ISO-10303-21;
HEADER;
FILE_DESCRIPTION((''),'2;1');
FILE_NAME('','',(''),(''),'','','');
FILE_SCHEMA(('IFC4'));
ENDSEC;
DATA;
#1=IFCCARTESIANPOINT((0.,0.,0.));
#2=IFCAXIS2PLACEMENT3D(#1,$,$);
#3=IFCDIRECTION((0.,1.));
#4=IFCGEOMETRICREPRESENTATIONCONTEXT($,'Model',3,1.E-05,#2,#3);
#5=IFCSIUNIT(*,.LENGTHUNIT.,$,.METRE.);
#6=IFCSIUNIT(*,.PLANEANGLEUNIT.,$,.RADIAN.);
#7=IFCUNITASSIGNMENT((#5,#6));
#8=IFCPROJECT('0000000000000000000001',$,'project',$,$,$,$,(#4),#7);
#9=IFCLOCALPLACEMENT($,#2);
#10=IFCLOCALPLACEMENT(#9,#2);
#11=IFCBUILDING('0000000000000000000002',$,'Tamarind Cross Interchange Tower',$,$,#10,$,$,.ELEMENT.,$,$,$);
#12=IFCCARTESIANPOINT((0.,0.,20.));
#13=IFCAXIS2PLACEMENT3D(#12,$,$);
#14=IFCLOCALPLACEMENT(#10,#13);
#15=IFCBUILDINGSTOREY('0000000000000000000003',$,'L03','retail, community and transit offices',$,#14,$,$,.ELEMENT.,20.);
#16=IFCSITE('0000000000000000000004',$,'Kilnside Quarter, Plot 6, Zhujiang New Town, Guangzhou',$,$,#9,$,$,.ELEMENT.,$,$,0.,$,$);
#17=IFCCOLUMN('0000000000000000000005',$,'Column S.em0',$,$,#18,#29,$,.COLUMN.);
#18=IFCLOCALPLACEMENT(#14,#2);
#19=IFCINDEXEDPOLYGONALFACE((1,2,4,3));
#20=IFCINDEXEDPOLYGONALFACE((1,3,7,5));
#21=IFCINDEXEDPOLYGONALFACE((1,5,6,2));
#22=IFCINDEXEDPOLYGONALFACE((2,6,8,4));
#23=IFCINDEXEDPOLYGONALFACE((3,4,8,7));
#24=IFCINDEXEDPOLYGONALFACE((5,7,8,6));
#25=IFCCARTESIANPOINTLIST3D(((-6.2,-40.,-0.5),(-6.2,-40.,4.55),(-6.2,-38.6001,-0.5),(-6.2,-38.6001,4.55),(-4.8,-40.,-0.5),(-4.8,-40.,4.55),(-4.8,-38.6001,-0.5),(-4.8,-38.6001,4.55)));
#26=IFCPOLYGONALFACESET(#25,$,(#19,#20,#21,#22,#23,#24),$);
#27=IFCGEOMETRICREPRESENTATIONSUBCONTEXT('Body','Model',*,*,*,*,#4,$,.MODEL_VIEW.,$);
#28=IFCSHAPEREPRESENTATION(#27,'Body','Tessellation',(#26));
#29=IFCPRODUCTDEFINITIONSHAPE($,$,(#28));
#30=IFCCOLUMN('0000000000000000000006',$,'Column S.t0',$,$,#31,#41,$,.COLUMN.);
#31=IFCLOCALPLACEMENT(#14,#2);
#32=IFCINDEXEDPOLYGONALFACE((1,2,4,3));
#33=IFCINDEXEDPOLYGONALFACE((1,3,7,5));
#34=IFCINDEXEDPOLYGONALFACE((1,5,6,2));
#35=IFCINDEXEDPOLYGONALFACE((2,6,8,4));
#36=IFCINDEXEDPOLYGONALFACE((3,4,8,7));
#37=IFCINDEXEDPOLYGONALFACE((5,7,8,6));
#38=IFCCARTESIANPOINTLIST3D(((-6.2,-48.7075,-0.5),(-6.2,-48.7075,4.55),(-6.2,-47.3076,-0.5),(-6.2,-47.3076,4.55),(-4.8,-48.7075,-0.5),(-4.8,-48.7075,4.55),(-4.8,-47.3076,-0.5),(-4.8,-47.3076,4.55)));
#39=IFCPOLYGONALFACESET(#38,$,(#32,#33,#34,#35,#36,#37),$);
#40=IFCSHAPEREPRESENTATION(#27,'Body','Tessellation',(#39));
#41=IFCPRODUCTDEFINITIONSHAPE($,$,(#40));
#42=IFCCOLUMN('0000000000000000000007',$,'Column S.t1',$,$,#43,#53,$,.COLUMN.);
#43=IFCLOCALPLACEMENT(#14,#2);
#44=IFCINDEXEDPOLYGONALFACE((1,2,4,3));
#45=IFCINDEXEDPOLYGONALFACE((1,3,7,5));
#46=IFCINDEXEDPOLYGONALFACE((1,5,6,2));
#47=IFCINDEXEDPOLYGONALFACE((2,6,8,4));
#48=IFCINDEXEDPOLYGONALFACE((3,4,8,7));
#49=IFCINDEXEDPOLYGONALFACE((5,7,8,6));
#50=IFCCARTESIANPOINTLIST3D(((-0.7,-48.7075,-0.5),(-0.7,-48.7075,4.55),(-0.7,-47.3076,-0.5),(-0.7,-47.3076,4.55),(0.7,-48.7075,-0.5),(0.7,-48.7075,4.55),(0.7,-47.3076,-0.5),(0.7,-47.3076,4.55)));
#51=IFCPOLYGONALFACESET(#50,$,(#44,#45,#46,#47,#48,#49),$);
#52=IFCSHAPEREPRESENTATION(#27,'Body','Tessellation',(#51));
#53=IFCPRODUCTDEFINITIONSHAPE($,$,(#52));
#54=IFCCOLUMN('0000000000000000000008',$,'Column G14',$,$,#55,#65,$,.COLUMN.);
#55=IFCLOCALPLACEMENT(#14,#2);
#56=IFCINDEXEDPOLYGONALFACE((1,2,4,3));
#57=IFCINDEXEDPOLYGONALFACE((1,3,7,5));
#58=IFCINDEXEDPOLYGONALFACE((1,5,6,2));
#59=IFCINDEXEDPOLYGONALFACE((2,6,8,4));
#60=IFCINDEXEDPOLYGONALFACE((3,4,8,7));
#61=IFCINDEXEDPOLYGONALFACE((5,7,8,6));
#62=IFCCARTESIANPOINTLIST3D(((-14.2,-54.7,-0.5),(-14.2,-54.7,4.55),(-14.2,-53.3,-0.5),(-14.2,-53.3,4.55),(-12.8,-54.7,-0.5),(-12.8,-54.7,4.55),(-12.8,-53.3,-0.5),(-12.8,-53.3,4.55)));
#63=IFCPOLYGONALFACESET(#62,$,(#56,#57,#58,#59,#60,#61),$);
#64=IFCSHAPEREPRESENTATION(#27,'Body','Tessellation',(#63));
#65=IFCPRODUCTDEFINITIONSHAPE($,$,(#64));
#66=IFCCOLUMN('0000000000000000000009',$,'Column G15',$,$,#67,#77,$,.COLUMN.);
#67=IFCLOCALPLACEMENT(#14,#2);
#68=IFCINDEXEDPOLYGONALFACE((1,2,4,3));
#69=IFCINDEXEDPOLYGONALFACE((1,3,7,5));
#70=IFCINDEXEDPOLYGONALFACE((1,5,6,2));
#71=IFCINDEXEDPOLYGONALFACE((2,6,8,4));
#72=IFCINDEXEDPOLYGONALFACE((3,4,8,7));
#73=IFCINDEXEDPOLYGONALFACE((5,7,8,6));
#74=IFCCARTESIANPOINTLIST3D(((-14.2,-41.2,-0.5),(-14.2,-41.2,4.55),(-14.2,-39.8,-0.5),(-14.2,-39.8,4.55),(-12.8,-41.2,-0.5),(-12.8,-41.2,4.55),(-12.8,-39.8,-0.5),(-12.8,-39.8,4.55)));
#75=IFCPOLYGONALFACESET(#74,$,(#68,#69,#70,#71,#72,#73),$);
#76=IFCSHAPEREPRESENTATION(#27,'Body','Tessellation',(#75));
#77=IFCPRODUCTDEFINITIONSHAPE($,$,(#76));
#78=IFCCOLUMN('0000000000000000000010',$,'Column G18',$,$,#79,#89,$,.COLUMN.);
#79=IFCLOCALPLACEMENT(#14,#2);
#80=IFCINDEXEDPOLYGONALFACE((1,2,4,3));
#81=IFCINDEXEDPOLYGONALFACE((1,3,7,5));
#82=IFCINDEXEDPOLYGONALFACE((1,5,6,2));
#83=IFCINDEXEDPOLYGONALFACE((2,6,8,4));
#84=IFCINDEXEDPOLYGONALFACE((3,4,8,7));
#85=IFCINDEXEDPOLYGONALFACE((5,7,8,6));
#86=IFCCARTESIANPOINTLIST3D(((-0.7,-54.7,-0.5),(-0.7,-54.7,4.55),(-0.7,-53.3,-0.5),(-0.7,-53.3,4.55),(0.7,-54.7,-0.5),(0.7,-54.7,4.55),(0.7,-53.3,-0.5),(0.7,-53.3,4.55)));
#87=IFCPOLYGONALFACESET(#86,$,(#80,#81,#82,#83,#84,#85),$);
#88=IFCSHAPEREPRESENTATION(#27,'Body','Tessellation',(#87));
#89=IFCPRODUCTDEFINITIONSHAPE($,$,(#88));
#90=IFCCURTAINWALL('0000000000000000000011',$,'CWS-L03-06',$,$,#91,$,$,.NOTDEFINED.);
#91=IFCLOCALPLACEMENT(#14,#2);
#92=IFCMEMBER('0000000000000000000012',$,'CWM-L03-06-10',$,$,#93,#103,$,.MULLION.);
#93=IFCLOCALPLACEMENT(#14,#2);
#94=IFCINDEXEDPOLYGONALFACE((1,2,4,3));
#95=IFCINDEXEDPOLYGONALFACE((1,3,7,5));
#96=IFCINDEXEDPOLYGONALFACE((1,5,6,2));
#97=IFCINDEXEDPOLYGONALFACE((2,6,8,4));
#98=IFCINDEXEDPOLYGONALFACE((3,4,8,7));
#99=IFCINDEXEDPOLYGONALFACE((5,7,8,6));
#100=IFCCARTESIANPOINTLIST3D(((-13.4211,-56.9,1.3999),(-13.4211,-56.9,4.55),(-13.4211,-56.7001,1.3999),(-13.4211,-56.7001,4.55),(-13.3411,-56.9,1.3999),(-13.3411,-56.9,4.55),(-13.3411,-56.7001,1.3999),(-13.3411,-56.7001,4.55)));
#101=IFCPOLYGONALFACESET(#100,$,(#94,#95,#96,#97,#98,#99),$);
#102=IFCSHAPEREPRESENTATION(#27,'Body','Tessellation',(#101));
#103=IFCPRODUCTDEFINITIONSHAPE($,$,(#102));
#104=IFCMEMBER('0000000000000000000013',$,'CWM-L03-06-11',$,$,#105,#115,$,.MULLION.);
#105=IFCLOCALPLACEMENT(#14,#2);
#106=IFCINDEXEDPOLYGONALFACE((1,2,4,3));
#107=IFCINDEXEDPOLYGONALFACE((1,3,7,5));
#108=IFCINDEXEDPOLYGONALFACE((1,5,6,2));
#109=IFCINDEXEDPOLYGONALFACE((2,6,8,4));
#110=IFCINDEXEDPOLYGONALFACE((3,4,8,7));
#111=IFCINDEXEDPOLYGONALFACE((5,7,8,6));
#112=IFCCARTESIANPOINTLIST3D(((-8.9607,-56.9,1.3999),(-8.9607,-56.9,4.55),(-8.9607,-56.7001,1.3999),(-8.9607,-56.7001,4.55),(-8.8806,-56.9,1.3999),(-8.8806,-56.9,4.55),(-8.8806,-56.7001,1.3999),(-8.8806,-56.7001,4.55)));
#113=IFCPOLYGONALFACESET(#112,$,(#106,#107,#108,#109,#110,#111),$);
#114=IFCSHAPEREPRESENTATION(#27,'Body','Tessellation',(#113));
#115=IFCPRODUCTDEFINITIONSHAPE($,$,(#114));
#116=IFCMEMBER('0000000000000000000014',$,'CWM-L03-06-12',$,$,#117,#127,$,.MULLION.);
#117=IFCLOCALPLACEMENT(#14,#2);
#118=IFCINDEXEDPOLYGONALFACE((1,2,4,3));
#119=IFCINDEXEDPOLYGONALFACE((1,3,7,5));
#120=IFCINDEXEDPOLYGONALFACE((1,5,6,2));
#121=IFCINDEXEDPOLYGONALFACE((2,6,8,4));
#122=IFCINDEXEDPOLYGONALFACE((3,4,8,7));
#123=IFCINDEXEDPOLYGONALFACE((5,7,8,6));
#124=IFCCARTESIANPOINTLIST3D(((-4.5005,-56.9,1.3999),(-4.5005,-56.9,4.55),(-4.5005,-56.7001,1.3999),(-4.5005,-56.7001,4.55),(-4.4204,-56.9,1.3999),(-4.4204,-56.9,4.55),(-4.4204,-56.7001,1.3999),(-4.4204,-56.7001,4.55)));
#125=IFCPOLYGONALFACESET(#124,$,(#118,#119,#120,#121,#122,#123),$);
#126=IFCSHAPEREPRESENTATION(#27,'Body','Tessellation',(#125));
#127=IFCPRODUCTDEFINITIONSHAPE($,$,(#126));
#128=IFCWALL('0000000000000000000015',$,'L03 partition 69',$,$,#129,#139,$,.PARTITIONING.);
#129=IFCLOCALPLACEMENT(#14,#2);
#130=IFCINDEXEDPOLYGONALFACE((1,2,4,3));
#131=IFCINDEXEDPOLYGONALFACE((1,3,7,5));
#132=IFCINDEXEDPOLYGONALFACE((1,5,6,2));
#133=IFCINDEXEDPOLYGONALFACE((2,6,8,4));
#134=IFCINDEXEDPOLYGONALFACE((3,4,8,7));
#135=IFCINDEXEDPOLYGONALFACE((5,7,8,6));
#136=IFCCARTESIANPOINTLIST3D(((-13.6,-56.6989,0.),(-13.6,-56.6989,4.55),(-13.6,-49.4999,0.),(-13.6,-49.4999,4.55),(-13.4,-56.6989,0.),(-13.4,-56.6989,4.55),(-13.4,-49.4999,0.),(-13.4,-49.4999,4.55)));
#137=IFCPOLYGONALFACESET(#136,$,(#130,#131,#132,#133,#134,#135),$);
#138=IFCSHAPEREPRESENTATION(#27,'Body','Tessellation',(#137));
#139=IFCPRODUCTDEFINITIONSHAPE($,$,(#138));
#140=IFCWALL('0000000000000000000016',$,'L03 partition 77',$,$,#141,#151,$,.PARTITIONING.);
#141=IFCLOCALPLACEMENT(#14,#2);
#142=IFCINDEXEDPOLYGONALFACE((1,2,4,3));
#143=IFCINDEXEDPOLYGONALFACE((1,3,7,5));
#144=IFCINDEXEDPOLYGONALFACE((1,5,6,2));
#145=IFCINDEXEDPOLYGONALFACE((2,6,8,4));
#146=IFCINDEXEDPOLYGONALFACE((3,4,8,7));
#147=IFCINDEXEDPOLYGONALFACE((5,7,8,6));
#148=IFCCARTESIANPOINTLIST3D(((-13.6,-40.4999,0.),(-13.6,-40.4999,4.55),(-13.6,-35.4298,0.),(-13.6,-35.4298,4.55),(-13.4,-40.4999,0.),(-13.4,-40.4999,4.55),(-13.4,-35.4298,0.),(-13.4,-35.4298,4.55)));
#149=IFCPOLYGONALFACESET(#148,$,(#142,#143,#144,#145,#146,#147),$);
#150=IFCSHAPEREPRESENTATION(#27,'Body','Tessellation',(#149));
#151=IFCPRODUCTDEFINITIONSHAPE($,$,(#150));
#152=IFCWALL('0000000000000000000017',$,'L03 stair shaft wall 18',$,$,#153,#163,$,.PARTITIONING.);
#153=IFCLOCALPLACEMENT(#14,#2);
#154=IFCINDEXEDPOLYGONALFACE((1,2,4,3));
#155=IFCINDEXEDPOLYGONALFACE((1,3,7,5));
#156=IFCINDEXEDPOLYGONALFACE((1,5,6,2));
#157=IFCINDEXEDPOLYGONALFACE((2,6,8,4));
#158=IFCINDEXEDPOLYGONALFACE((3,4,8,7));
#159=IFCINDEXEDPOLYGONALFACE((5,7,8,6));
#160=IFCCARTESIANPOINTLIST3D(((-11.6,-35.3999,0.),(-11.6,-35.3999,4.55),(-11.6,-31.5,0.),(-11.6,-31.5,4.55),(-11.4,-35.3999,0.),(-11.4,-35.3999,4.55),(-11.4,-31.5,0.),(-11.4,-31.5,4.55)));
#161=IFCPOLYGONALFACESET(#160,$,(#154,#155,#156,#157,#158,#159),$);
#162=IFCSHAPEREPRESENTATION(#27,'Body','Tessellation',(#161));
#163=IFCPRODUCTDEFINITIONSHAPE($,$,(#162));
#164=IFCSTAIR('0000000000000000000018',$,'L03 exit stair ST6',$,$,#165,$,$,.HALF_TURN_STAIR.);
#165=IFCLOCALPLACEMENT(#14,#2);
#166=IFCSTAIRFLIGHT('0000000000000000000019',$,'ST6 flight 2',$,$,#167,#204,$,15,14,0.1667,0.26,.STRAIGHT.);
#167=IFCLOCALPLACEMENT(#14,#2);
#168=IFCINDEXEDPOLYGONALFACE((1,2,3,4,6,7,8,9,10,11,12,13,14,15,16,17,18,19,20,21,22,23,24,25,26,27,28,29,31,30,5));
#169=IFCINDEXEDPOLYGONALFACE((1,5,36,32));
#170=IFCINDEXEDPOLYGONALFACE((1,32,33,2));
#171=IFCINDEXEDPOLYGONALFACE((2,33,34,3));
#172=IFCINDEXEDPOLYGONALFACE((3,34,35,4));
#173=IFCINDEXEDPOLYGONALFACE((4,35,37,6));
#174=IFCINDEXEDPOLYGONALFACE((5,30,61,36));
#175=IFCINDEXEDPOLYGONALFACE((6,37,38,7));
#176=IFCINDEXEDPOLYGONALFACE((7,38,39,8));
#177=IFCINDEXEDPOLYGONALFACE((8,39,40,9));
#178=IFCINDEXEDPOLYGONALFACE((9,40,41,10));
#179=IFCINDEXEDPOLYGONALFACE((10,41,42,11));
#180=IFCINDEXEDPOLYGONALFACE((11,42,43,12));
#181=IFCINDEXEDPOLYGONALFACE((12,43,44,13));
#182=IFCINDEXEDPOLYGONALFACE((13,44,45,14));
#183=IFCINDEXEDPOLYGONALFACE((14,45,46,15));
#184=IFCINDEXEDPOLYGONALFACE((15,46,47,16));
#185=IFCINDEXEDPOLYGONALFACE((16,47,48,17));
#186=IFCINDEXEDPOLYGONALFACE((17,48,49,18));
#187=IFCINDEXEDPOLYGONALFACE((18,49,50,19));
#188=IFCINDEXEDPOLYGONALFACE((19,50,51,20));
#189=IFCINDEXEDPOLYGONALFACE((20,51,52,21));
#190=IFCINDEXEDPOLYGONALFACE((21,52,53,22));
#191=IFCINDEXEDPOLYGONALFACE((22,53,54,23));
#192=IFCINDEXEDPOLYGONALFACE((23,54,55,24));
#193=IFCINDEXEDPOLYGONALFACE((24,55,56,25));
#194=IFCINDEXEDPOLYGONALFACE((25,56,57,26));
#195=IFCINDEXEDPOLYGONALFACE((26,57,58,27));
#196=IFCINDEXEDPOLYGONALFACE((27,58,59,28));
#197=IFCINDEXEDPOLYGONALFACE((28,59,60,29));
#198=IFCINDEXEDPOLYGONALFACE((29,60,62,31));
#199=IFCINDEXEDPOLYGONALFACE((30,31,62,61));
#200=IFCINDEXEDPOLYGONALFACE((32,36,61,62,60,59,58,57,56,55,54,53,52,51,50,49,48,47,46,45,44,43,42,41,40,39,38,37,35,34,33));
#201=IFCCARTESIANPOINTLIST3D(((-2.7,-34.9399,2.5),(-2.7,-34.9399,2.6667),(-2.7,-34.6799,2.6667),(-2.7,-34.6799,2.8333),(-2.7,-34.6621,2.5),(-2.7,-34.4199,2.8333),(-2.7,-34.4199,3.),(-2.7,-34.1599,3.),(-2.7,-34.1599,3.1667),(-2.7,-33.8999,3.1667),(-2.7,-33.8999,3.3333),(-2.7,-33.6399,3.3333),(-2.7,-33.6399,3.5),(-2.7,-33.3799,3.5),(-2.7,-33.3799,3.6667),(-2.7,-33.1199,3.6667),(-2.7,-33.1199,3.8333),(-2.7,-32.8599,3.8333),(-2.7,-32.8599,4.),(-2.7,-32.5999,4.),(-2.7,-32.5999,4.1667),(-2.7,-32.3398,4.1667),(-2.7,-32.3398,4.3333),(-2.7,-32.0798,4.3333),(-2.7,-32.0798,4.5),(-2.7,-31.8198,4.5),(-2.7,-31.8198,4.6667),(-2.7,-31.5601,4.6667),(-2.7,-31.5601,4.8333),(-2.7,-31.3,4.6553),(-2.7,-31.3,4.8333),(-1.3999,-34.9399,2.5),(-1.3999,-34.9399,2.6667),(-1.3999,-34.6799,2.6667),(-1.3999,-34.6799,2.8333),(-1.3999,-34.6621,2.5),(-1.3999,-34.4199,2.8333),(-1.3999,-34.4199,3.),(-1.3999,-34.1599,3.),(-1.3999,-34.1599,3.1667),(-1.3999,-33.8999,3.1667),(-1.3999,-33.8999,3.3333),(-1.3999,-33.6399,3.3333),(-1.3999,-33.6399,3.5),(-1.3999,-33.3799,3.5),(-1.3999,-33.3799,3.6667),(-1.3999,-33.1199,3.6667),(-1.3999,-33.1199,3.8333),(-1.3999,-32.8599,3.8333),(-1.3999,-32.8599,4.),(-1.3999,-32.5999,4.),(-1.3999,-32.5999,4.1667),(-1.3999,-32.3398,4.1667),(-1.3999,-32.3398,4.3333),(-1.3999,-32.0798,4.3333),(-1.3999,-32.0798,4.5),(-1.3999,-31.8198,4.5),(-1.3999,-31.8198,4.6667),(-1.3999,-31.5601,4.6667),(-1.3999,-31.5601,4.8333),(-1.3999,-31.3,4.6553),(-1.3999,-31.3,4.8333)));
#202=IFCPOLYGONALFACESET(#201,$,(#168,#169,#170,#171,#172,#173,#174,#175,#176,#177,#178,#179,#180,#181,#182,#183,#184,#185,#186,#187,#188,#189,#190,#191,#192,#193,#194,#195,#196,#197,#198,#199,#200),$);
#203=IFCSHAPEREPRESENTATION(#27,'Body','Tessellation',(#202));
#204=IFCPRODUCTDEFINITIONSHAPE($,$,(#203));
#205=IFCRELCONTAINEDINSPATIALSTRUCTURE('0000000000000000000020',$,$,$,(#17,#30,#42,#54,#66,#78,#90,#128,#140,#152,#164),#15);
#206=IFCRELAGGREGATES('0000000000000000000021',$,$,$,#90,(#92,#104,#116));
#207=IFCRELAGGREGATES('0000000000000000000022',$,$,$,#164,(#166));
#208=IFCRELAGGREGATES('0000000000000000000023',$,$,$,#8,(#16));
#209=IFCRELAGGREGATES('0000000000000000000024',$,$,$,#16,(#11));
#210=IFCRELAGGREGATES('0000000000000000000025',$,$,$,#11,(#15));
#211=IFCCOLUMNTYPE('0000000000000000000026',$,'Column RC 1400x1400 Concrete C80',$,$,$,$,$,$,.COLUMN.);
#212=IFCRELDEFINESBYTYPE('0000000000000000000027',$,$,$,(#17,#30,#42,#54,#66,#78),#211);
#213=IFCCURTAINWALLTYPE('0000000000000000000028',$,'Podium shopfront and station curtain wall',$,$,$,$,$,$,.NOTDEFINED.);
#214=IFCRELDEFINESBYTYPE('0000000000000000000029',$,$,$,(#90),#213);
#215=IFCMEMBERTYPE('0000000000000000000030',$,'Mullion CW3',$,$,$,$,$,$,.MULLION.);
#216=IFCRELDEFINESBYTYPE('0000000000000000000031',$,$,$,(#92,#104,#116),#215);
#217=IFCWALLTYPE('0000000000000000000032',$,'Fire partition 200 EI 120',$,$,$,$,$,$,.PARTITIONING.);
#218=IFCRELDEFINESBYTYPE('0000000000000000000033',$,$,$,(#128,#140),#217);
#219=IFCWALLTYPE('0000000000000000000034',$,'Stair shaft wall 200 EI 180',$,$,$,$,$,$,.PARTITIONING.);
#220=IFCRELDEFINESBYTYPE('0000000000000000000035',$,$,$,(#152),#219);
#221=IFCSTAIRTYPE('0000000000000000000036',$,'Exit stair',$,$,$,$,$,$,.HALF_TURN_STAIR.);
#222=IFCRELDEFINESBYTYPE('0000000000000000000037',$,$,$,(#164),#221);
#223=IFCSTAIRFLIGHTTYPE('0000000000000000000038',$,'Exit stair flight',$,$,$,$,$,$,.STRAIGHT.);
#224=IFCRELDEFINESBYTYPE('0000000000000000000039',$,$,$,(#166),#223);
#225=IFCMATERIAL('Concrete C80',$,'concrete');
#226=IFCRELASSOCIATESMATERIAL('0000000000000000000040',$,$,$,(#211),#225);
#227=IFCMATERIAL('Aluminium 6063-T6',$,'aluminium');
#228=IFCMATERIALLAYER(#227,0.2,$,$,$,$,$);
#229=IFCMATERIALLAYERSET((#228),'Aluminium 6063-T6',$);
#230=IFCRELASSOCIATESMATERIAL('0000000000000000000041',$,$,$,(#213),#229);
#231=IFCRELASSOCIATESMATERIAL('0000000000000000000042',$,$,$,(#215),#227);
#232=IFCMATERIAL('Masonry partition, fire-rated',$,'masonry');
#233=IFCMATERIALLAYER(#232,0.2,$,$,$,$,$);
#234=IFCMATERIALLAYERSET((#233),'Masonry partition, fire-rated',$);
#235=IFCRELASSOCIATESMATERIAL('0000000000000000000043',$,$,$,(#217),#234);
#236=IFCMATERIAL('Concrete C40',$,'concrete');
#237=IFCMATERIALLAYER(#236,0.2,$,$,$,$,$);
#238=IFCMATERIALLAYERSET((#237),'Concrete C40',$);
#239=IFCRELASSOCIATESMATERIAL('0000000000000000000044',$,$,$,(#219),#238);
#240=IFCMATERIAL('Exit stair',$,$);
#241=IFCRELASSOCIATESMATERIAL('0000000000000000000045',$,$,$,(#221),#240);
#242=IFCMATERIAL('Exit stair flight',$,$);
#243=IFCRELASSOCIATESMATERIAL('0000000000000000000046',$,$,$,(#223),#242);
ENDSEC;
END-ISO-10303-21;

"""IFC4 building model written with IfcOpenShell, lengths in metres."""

from ifc_helpers import new_model, si_unit, direction, frame, frame_2d, origin, origin_2d, place, context, subcontext, project, spatial, polyline, rectangle, outline, extrude, material, layer, layer_set, material_profile, profile_set, type_object, element, aggregate, save


model = new_model("IFC4")

# Units and contexts
model_context = context("Model", 3, precision=1e-05, world=origin(), true_north=direction((0.0, 1.0)))
body_context = subcontext(model_context, "Body", "Model", "MODEL_VIEW")
ifc_project = project(units=[si_unit("LENGTHUNIT", "METRE"), si_unit("PLANEANGLEUNIT", "RADIAN")], contexts=[model_context])

# Site, building, storey
site_placement = place(None, origin())
site = spatial("IfcSite", under=ifc_project, at=site_placement, Name="Kilnside Quarter, Plot 6, Zhujiang New Town, Guangzhou", CompositionType="ELEMENT", RefElevation=0.0)
building_placement = place(site_placement, origin())
building = spatial("IfcBuilding", under=site, at=building_placement, Name="Tamarind Cross Interchange Tower", CompositionType="ELEMENT")
storey_placement = place(building_placement, frame((0.0, 0.0, 20.0)))
storey = spatial("IfcBuildingStorey", under=building, at=storey_placement, Name="L03", Description="retail, community and transit offices", CompositionType="ELEMENT", Elevation=20.0)

# Columns
ifc_material_1 = material(Name="Concrete C80", Category="concrete")
ifc_material_profile_1 = material_profile(ifc_material_1, rectangle(XDim=1.3999, YDim=1.3999, at=origin_2d()), Name="RC 1400x1400")
ifc_profile_set_1 = profile_set([ifc_material_profile_1], Name="Concrete C80")
column_type = type_object("IfcColumnType", Name="Column RC 1400x1400 Concrete C80", PredefinedType="COLUMN", material=ifc_profile_set_1)
for number, where, z_axis, x_axis, name in (
    (1, (-5.5, -39.3, -0.5), (0.0, 0.0, 1.0), (1.0, 0.0, 0.0), "Column S.em0"),
    (2, (-5.5, -48.0076, -0.5), (0.0, 0.0, 1.0), (1.0, 0.0, 0.0), "Column S.t0"),
    (3, (0.0, -48.0076, -0.5), (0.0, 0.0, 1.0), (1.0, 0.0, 0.0), "Column S.t1"),
    (4, (-13.5, -54.0, -0.5), (0.0, 0.0, 1.0), (1.0, 0.0, 0.0), "Column G14"),
    (5, (-13.5, -40.5, -0.5), (0.0, 0.0, 1.0), (1.0, 0.0, 0.0), "Column G15"),
    (6, (0.0, -54.0, -0.5), (0.0, 0.0, 1.0), (1.0, 0.0, 0.0), "Column G18"),
):
    element("IfcColumn", number, at=place(storey_placement, frame(where, z_axis=z_axis, x_axis=x_axis)), inside=storey, type_object=column_type, Name=name, PredefinedType="COLUMN", context=body_context, shape_type="SweptSolid", body=[
        extrude(rectangle(XDim=1.3999, YDim=1.3999, at=origin_2d()), origin(), (0.0, 0.0, 1.0), 5.05),
    ])

# Curtain wall, members
ifc_material_2 = material(Name="Aluminium 6063-T6", Category="aluminium")
ifc_layer_1 = layer(ifc_material_2, 0.2)
ifc_layer_set_1 = layer_set([ifc_layer_1], Name="Aluminium 6063-T6")
curtain_wall_type = type_object("IfcCurtainWallType", Name="Podium shopfront and station curtain wall", PredefinedType="NOTDEFINED", material=ifc_layer_set_1)
curtain_wall_placement = place(storey_placement, origin())
curtain_wall = element("IfcCurtainWall", 7, at=curtain_wall_placement, inside=storey, type_object=curtain_wall_type, Name="CWS-L03-06", PredefinedType="NOTDEFINED")
ifc_material_profile_2 = material_profile(ifc_material_2, rectangle(XDim=0.0801, YDim=0.2, at=origin_2d()), Name="Mullion CW3")
ifc_profile_set_2 = profile_set([ifc_material_profile_2], Name="Aluminium 6063-T6")
member_type = type_object("IfcMemberType", Name="Mullion CW3", PredefinedType="MULLION", material=ifc_profile_set_2)
member_1_placement = place(storey_placement, frame((-13.3811, -56.8, 1.3999), z_axis=(0.0, 0.0, 1.0), x_axis=(1.0, 0.0, 0.0)))
member_1 = element("IfcMember", 8, at=member_1_placement, type_object=member_type, Name="CWM-L03-06-10", PredefinedType="MULLION", context=body_context, shape_type="SweptSolid", body=[
    extrude(rectangle(XDim=0.0801, YDim=0.2, at=origin_2d()), origin(), (0.0, 0.0, 1.0), 3.1501),
])
member_2_placement = place(storey_placement, frame((-8.9207, -56.8, 1.3999), z_axis=(0.0, 0.0, 1.0), x_axis=(1.0, 0.0, 0.0)))
member_2 = element("IfcMember", 9, at=member_2_placement, type_object=member_type, Name="CWM-L03-06-11", PredefinedType="MULLION", context=body_context, shape_type="SweptSolid", body=[
    extrude(rectangle(XDim=0.0801, YDim=0.2, at=origin_2d()), origin(), (0.0, 0.0, 1.0), 3.1501),
])
member_3_placement = place(storey_placement, frame((-4.4604, -56.8, 1.3999), z_axis=(0.0, 0.0, 1.0), x_axis=(1.0, 0.0, 0.0)))
member_3 = element("IfcMember", 10, at=member_3_placement, type_object=member_type, Name="CWM-L03-06-12", PredefinedType="MULLION", context=body_context, shape_type="SweptSolid", body=[
    extrude(rectangle(XDim=0.0801, YDim=0.2, at=origin_2d()), origin(), (0.0, 0.0, 1.0), 3.1501),
])
aggregate(curtain_wall, [member_1, member_2, member_3])

# Walls
ifc_material_3 = material(Name="Masonry partition, fire-rated", Category="masonry")
ifc_layer_2 = layer(ifc_material_3, 0.2)
ifc_layer_set_2 = layer_set([ifc_layer_2], Name="Masonry partition, fire-rated")
wall_type_1 = type_object("IfcWallType", Name="Fire partition 200 EI 120", PredefinedType="PARTITIONING", material=ifc_layer_set_2)
wall_1_placement = place(storey_placement, frame((-13.5, -56.699, 0.0), z_axis=(0.0, 0.0, 1.0), x_axis=(0.0, 1.0, 0.0)))
element("IfcWall", 11, at=wall_1_placement, inside=storey, type_object=wall_type_1, Name="L03 partition 69", PredefinedType="PARTITIONING", context=body_context, shape_type="SweptSolid", body=[
    extrude(rectangle(XDim=7.199, YDim=0.2, at=frame_2d((3.5996, 0.0))), origin(), (0.0, 0.0, 1.0), 4.55),
])
wall_2_placement = place(storey_placement, frame((-13.5, -40.5, 0.0), z_axis=(0.0, 0.0, 1.0), x_axis=(0.0, 1.0, 0.0)))
element("IfcWall", 12, at=wall_2_placement, inside=storey, type_object=wall_type_1, Name="L03 partition 77", PredefinedType="PARTITIONING", context=body_context, shape_type="SweptSolid", body=[
    extrude(rectangle(XDim=5.0701, YDim=0.2, at=frame_2d((2.5352, 0.0))), origin(), (0.0, 0.0, 1.0), 4.55),
])
ifc_material_4 = material(Name="Concrete C40", Category="concrete")
ifc_layer_3 = layer(ifc_material_4, 0.2)
ifc_layer_set_3 = layer_set([ifc_layer_3], Name="Concrete C40")
wall_type_2 = type_object("IfcWallType", Name="Stair shaft wall 200 EI 180", PredefinedType="PARTITIONING", material=ifc_layer_set_3)
wall_3_placement = place(storey_placement, frame((-11.5, -35.3999, 0.0), z_axis=(0.0, 0.0, 1.0), x_axis=(0.0, 1.0, 0.0)))
element("IfcWall", 13, at=wall_3_placement, inside=storey, type_object=wall_type_2, Name="L03 stair shaft wall 18", PredefinedType="PARTITIONING", context=body_context, shape_type="SweptSolid", body=[
    extrude(rectangle(XDim=3.8999, YDim=0.2, at=frame_2d((1.95, 0.0))), origin(), (0.0, 0.0, 1.0), 4.55),
])

# Stair, stair flight
ifc_material_5 = material(Name="Exit stair")
stair_type = type_object("IfcStairType", Name="Exit stair", PredefinedType="HALF_TURN_STAIR", material=ifc_material_5)
stair_placement = place(storey_placement, origin())
stair = element("IfcStair", 14, at=stair_placement, inside=storey, type_object=stair_type, Name="L03 exit stair ST6", PredefinedType="HALF_TURN_STAIR")
ifc_material_6 = material(Name="Exit stair flight")
stair_flight_type = type_object("IfcStairFlightType", Name="Exit stair flight", PredefinedType="STRAIGHT", material=ifc_material_6)
stair_flight_placement = place(storey_placement, frame((-2.05, -34.9399, 2.5), z_axis=(0.0, 0.0, 1.0), x_axis=(0.0, 1.0, 0.0)))
stair_flight = element("IfcStairFlight", 15, at=stair_flight_placement, type_object=stair_flight_type, Name="ST6 flight 2", NumberOfRisers=15, NumberOfTreads=14, PredefinedType="STRAIGHT", RiserHeight=0.1667, TreadLength=0.26, context=body_context, shape_type="SweptSolid", body=[
    extrude(outline(polyline([(0.0, 0.0), (0.0, 0.1667), (0.26, 0.1667), (0.26, 0.3333), (0.52, 0.3333), (0.52, 0.5), (0.78, 0.5), (0.78, 0.6667), (1.04, 0.6667), (1.04, 0.8333), (1.3, 0.8333), (1.3, 1.0), (1.5601, 1.0), (1.5601, 1.1667), (1.8201, 1.1667), (1.8201, 1.3333), (2.0801, 1.3333), (2.0801, 1.5), (2.3401, 1.5), (2.3401, 1.6667), (2.6001, 1.6667), (2.6001, 1.8333), (2.8601, 1.8333), (2.8601, 2.0), (3.1201, 2.0), (3.1201, 2.1667), (3.3799, 2.1667), (3.3799, 2.3333), (3.6399, 2.3333), (3.6399, 2.5), (3.6399, 2.1553), (0.2778, 0.0), (0.0, 0.0)])), frame((0.0, 0.6499, 0.0), z_axis=(0.0, -1.0, 0.0), x_axis=(1.0, 0.0, 0.0)), (0.0, 0.0, 1.0), 1.3),
])
aggregate(stair, [stair_flight])

save(model, "model.ifc")
